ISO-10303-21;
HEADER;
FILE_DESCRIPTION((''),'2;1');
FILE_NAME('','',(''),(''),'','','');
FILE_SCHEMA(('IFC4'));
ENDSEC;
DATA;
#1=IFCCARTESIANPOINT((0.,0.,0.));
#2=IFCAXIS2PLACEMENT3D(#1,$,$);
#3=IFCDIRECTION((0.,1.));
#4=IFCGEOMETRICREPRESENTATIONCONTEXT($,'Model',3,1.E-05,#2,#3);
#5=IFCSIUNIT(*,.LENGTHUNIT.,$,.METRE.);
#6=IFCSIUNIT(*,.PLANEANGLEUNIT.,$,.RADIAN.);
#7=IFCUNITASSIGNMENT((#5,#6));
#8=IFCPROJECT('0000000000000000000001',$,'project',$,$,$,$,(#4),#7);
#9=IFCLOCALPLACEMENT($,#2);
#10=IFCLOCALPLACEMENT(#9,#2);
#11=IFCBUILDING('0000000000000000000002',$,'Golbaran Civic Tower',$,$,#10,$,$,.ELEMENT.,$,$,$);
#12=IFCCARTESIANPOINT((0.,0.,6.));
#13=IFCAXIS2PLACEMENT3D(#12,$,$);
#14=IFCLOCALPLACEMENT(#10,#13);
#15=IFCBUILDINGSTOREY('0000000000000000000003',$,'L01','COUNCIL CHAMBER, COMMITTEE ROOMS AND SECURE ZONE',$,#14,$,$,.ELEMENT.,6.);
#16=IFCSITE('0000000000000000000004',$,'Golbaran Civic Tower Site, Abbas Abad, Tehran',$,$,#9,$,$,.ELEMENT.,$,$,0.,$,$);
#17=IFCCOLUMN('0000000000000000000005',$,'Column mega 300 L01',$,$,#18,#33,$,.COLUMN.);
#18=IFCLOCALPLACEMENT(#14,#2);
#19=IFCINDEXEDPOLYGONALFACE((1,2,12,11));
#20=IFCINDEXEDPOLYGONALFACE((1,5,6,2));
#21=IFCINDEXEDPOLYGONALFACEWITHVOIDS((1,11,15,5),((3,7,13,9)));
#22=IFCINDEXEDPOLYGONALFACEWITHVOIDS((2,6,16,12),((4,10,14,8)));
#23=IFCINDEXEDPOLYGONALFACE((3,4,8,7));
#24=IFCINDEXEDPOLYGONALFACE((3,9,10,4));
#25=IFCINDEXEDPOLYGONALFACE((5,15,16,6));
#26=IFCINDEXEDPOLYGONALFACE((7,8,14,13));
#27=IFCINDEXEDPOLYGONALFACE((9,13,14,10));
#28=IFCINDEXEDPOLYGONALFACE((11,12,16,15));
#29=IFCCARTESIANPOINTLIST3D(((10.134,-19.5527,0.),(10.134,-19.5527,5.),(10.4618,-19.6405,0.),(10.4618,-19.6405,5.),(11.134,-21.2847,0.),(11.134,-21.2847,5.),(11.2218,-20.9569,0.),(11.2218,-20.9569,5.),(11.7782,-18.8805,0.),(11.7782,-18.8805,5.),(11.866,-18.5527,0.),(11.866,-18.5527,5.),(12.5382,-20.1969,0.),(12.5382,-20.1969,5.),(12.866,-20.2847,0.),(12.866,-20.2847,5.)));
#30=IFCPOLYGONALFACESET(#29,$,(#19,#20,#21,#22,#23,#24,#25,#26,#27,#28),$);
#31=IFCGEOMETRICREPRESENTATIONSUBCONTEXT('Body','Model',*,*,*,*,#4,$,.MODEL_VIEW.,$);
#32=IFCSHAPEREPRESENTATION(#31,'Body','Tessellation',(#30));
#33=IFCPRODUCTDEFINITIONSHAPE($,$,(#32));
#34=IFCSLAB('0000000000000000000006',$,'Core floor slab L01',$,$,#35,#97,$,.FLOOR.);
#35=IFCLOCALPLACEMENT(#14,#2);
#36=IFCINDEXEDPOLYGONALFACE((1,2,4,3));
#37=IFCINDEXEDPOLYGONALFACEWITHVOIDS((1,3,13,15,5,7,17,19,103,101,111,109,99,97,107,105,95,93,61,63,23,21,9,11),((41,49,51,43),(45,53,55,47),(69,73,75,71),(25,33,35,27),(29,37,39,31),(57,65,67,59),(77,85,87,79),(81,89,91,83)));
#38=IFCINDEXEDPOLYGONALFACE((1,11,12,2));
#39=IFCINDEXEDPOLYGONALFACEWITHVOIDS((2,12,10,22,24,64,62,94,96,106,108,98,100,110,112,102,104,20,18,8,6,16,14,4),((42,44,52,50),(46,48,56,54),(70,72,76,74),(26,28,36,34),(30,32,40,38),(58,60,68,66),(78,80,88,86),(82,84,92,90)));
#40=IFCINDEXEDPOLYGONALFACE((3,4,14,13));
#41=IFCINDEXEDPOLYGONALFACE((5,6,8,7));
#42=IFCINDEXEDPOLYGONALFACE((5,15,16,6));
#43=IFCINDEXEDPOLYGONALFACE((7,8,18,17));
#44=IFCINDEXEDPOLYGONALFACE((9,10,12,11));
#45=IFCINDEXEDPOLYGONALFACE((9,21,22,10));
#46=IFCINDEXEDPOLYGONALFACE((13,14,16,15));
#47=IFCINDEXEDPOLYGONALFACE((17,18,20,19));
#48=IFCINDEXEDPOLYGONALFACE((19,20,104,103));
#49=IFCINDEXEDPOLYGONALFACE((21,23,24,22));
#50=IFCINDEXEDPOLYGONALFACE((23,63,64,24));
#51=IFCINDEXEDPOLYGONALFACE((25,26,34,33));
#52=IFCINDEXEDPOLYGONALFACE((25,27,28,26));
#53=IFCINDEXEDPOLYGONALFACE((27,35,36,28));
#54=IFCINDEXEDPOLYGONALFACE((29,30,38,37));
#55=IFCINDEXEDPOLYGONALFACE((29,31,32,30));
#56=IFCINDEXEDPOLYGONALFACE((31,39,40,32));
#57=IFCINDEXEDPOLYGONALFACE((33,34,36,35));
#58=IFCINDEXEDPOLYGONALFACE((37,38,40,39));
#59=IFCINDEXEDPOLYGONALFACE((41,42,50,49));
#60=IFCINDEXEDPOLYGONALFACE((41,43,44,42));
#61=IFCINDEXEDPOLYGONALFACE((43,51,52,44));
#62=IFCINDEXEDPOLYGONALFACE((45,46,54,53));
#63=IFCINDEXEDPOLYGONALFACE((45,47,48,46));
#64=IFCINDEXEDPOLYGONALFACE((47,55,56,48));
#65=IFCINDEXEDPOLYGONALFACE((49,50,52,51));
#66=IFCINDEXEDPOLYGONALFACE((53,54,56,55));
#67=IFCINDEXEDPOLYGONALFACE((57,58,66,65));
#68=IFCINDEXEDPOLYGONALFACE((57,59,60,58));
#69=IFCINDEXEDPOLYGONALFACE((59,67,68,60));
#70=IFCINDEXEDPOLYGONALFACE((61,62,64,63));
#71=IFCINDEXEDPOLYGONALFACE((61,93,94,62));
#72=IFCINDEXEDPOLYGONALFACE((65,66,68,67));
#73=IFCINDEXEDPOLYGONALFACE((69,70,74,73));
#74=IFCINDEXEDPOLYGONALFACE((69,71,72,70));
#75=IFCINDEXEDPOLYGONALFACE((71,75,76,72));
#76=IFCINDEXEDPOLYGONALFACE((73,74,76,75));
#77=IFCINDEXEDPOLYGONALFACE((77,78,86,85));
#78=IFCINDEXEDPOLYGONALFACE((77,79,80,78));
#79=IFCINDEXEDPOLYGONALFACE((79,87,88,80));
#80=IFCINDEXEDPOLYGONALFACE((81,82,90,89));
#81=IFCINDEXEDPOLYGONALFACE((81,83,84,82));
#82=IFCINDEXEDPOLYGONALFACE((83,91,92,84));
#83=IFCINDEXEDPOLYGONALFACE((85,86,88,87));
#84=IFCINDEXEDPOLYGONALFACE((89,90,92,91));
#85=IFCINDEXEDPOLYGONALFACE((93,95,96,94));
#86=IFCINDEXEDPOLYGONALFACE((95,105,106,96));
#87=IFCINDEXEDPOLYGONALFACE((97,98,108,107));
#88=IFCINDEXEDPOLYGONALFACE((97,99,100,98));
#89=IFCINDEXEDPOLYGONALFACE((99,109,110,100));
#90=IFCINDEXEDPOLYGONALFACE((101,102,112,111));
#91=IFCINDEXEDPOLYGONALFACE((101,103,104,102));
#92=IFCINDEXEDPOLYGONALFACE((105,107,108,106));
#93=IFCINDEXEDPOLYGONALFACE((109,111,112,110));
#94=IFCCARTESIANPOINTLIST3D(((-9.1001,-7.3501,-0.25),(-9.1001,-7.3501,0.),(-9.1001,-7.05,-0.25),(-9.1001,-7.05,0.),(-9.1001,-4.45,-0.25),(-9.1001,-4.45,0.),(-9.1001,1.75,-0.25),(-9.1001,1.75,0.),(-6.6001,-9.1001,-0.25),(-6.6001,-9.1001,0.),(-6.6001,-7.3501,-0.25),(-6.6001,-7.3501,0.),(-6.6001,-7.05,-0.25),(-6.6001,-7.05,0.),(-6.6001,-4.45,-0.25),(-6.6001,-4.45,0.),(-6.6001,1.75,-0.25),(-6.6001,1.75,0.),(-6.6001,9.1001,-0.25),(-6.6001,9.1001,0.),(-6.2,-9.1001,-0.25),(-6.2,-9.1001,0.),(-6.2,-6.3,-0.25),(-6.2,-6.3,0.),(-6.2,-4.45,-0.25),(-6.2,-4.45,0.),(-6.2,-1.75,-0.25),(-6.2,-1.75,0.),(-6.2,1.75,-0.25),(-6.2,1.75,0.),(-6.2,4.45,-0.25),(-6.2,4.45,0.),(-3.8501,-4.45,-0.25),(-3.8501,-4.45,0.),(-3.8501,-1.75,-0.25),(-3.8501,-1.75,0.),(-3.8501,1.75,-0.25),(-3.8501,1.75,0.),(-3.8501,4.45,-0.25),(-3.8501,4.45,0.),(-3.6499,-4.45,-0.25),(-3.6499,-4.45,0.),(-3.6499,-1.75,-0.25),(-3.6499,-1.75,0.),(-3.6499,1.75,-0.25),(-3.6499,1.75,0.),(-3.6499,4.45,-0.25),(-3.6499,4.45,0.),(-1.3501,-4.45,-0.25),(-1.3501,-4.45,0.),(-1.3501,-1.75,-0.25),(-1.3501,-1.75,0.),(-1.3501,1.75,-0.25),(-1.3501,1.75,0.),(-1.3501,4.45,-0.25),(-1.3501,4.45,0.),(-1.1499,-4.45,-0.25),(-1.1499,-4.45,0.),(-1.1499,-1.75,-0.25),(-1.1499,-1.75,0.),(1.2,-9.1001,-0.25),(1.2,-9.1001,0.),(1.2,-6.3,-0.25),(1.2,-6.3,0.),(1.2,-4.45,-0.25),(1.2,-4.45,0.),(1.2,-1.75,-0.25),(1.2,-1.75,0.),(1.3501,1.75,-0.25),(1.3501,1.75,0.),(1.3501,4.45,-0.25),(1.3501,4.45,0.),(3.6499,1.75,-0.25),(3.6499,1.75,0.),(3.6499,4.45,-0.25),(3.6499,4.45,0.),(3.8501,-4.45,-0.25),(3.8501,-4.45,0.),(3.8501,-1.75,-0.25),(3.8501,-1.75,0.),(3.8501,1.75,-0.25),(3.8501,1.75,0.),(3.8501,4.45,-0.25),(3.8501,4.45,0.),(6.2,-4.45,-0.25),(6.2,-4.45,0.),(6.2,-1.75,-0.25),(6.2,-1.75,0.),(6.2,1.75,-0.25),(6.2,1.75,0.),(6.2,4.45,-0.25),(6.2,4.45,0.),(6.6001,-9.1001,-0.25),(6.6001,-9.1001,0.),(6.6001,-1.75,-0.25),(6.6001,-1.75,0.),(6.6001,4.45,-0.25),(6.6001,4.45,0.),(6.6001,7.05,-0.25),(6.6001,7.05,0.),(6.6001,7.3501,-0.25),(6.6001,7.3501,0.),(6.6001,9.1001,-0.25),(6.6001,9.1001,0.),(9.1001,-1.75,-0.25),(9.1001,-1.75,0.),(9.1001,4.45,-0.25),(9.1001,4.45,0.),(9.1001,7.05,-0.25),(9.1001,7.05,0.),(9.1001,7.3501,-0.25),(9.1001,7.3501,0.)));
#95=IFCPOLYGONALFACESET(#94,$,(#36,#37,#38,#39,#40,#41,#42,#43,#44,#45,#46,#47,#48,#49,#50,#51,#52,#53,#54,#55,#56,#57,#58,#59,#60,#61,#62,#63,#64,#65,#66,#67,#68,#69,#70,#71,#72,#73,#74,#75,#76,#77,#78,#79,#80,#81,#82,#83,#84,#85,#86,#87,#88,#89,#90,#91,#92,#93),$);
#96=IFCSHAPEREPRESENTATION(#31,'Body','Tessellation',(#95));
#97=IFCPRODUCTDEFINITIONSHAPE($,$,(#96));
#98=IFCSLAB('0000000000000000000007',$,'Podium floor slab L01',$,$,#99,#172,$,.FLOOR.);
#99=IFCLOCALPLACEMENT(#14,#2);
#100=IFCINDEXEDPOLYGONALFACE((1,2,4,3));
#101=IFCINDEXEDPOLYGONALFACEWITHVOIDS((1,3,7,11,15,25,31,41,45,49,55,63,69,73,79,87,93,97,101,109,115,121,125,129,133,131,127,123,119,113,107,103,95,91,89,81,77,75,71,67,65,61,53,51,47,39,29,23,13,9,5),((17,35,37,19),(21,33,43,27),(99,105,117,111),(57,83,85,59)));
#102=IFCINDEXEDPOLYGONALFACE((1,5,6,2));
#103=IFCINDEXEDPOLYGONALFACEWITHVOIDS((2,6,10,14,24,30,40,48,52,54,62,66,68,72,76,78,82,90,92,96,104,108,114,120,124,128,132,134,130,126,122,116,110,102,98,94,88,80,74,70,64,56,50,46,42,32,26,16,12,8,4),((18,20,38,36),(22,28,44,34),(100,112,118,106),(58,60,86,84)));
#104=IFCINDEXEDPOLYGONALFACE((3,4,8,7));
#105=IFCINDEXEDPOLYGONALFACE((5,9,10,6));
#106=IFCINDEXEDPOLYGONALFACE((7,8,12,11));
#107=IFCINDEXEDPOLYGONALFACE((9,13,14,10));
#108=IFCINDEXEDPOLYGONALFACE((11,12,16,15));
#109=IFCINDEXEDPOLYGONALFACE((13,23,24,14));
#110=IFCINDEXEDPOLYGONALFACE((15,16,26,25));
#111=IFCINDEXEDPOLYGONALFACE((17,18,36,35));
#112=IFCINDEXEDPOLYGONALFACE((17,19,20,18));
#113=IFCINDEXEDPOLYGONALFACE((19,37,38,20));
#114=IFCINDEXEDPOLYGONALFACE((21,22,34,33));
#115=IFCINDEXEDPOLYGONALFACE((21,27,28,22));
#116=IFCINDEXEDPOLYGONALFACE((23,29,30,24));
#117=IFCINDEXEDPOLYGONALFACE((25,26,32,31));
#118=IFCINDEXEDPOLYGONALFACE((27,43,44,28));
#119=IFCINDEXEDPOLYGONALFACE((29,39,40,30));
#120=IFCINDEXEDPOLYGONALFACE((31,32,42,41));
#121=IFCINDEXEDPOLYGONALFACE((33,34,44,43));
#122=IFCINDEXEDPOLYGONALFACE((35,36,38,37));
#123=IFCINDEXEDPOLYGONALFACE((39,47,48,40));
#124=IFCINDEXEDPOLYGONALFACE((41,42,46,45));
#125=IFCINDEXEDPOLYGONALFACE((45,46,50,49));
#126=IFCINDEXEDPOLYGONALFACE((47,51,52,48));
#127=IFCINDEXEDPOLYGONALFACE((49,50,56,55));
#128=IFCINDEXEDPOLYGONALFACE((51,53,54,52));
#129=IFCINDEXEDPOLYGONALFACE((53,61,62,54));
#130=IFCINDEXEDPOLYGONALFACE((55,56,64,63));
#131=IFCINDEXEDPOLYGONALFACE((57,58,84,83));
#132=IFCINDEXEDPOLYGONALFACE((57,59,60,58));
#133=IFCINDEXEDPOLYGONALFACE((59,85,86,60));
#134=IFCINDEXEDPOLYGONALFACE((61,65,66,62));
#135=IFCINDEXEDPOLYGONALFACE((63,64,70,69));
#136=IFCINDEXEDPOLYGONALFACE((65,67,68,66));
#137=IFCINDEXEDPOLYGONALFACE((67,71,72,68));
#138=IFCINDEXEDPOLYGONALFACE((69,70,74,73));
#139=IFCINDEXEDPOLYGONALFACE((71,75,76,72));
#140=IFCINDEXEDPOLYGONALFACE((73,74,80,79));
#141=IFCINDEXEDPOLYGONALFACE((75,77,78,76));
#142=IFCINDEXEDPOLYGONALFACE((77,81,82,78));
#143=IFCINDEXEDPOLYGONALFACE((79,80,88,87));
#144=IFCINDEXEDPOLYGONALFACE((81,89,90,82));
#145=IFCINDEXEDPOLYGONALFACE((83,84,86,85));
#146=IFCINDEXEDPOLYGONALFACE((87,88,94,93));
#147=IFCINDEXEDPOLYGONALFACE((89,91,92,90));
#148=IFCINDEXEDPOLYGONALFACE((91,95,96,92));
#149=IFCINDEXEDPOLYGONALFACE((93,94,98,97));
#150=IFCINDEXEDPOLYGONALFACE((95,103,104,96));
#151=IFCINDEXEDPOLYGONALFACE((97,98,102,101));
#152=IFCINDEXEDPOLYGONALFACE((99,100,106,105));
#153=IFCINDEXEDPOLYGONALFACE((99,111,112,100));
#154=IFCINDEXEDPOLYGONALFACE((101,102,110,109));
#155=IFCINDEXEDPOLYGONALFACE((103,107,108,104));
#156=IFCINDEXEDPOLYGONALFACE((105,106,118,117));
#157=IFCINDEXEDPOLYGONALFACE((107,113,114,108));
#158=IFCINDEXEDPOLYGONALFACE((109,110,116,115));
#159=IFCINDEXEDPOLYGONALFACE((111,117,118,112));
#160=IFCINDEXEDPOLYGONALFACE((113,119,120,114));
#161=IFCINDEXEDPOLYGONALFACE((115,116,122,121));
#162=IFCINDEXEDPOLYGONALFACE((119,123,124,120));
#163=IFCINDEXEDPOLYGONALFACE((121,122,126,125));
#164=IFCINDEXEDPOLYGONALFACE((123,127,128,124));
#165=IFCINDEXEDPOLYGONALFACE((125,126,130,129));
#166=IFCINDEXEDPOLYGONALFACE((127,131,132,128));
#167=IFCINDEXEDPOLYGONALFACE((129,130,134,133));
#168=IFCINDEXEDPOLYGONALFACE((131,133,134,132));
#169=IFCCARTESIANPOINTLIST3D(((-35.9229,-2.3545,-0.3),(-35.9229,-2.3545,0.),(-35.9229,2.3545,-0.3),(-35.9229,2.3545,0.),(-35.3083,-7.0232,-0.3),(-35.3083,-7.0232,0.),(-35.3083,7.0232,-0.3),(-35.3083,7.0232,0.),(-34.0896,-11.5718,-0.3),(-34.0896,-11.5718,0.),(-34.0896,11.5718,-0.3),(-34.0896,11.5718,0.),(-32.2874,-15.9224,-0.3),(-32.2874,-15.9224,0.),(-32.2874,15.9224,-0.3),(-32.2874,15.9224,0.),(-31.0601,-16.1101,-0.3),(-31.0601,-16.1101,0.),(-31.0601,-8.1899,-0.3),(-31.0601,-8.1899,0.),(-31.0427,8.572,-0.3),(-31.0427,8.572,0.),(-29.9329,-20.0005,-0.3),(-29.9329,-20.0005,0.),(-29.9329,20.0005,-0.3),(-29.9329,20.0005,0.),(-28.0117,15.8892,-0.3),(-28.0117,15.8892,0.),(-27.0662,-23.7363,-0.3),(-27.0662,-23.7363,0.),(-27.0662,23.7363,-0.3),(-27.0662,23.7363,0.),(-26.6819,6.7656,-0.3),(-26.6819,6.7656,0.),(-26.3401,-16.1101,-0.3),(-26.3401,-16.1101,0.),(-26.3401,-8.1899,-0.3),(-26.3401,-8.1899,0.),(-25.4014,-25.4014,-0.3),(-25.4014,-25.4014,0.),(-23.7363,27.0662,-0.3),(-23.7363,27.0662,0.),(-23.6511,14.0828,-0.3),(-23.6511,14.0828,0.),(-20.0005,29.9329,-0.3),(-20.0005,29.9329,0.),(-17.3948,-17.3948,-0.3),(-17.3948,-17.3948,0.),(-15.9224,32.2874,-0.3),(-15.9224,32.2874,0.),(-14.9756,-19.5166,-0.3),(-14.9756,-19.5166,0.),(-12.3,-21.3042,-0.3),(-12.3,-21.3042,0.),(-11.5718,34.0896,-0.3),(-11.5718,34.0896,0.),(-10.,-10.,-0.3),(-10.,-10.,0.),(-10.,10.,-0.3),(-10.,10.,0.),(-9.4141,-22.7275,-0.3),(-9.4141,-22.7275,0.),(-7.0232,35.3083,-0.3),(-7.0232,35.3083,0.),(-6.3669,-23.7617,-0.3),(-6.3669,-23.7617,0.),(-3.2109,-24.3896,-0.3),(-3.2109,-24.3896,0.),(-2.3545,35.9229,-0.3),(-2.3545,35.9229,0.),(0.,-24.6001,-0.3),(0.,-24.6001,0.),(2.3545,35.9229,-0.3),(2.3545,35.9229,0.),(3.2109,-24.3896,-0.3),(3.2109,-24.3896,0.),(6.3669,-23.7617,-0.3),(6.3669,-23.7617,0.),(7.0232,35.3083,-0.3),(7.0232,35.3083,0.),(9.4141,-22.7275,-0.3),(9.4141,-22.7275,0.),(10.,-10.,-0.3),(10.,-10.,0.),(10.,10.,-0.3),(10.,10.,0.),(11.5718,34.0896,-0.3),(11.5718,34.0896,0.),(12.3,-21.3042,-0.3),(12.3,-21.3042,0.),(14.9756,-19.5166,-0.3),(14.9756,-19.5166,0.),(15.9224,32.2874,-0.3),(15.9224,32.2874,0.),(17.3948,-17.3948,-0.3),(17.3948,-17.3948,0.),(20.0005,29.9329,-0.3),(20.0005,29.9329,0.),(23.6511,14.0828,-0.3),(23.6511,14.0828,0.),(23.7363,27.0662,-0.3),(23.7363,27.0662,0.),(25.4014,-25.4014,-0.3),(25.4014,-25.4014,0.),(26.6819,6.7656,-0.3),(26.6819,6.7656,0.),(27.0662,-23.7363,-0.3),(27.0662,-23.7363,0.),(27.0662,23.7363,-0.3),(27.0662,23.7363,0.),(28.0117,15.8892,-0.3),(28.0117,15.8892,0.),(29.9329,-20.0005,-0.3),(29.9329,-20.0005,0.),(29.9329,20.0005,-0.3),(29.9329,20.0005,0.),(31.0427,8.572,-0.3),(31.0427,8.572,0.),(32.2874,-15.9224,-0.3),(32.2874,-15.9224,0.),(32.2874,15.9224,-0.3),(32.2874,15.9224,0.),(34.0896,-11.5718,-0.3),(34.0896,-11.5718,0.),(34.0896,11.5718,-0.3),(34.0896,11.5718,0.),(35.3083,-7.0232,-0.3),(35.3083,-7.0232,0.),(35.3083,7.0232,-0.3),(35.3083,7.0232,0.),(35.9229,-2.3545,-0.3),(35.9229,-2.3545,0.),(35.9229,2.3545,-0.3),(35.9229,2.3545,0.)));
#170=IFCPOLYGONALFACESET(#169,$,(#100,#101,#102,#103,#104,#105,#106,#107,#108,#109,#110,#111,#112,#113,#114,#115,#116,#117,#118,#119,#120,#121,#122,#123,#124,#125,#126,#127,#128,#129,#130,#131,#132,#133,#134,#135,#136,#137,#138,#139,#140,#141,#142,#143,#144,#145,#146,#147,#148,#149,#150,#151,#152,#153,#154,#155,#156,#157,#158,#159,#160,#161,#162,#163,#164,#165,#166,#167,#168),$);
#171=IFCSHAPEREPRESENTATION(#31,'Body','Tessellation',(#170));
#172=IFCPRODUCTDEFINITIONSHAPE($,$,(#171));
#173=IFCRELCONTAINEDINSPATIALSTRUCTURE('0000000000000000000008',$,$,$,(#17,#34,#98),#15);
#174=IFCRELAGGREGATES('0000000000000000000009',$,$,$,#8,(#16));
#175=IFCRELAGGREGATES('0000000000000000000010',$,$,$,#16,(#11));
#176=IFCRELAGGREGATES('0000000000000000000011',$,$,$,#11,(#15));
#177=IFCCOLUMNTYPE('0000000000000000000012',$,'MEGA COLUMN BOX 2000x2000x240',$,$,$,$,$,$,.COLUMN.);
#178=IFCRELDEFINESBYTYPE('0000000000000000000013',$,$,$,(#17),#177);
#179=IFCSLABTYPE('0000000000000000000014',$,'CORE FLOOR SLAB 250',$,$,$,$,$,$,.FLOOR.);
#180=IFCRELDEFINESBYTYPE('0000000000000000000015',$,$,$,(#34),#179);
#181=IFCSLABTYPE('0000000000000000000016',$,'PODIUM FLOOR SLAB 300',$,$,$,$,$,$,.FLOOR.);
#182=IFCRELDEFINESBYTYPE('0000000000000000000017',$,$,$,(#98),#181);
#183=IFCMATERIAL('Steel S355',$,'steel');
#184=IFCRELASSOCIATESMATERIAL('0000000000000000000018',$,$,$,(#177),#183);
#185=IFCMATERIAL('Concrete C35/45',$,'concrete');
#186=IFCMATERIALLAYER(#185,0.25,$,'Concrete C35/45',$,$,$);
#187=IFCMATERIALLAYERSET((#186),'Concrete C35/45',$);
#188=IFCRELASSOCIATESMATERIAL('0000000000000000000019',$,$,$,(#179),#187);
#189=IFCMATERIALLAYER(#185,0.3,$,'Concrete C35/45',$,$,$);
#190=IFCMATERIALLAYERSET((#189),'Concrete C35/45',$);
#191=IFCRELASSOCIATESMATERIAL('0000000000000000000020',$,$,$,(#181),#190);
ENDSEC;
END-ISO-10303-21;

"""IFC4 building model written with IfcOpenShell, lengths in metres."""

from ifc_helpers import new_model, si_unit, direction, frame, origin, origin_2d, place, context, subcontext, project, spatial, polyline, hollow_rectangle, outline, extrude, material, layer, layer_set, material_profile, profile_set, type_object, element, save


model = new_model("IFC4")

# Units and contexts
model_context = context("Model", 3, precision=1e-05, world=origin(), true_north=direction((0.0, 1.0)))
body_context = subcontext(model_context, "Body", "Model", "MODEL_VIEW")
ifc_project = project(units=[si_unit("LENGTHUNIT", "METRE"), si_unit("PLANEANGLEUNIT", "RADIAN")], contexts=[model_context])

# Site, building, storey
site_placement = place(None, origin())
site = spatial("IfcSite", under=ifc_project, at=site_placement, Name="Golbaran Civic Tower Site, Abbas Abad, Tehran", CompositionType="ELEMENT", RefElevation=0.0)
building_placement = place(site_placement, origin())
building = spatial("IfcBuilding", under=site, at=building_placement, Name="Golbaran Civic Tower", CompositionType="ELEMENT")
storey_placement = place(building_placement, frame((0.0, 0.0, 6.0)))
storey = spatial("IfcBuildingStorey", under=building, at=storey_placement, Name="L01", Description="COUNCIL CHAMBER, COMMITTEE ROOMS AND SECURE ZONE", CompositionType="ELEMENT", Elevation=6.0)

# Column
ifc_material_1 = material(Name="Steel S355", Category="steel")
ifc_material_profile = material_profile(ifc_material_1, hollow_rectangle(XDim=2.0, YDim=2.0, WallThickness=0.24, at=origin_2d()), Name="BOX 2000x2000x240")
ifc_profile_set = profile_set([ifc_material_profile], Name="Steel S355")
column_type = type_object("IfcColumnType", Name="MEGA COLUMN BOX 2000x2000x240", PredefinedType="COLUMN", material=ifc_profile_set)
column_placement = place(storey_placement, frame((11.5, -19.9187, 0.0), z_axis=(0.0, 0.0, 1.0), x_axis=(0.5, -0.866025, 0.0)))
element("IfcColumn", 1, at=column_placement, inside=storey, type_object=column_type, Name="Column mega 300 L01", PredefinedType="COLUMN", context=body_context, shape_type="SweptSolid", body=[
    extrude(hollow_rectangle(XDim=2.0, YDim=2.0, WallThickness=0.24, at=origin_2d()), origin(), (0.0, 0.0, 1.0), 5.0),
])

# Slabs
ifc_material_2 = material(Name="Concrete C35/45", Category="concrete")
ifc_layer_1 = layer(ifc_material_2, 0.25, Name="Concrete C35/45")
ifc_layer_set_1 = layer_set([ifc_layer_1], Name="Concrete C35/45")
slab_type_1 = type_object("IfcSlabType", Name="CORE FLOOR SLAB 250", PredefinedType="FLOOR", material=ifc_layer_set_1)
slab_1_placement = place(storey_placement, frame((0.0, 0.0, -0.25)))
element("IfcSlab", 2, at=slab_1_placement, inside=storey, type_object=slab_type_1, Name="Core floor slab L01", PredefinedType="FLOOR", context=body_context, shape_type="SweptSolid", body=[
    extrude(outline(polyline([(6.6001, -1.75), (6.6001, -9.1001), (1.2, -9.1001), (1.2, -6.3), (-6.2, -6.3), (-6.2, -9.1001), (-6.6001, -9.1001), (-6.6001, -7.3501), (-9.1001, -7.3501), (-9.1001, -7.05), (-6.6001, -7.05), (-6.6001, -4.45), (-9.1001, -4.45), (-9.1001, 1.75), (-6.6001, 1.75), (-6.6001, 9.1001), (6.6001, 9.1001), (6.6001, 7.3501), (9.1001, 7.3501), (9.1001, 7.05), (6.6001, 7.05), (6.6001, 4.45), (9.1001, 4.45), (9.1001, -1.75), (6.6001, -1.75)]), holes=[polyline([(6.2, -1.75), (3.8501, -1.75), (3.8501, -4.45), (6.2, -4.45), (6.2, -1.75)]), polyline([(6.2, 4.45), (3.8501, 4.45), (3.8501, 1.75), (6.2, 1.75), (6.2, 4.45)]), polyline([(3.6499, 4.45), (1.3501, 4.45), (1.3501, 1.75), (3.6499, 1.75), (3.6499, 4.45)]), polyline([(1.2, -1.75), (-1.1499, -1.75), (-1.1499, -4.45), (1.2, -4.45), (1.2, -1.75)]), polyline([(-1.3501, 4.45), (-3.6499, 4.45), (-3.6499, 1.75), (-1.3501, 1.75), (-1.3501, 4.45)]), polyline([(-1.3501, -1.75), (-3.6499, -1.75), (-3.6499, -4.45), (-1.3501, -4.45), (-1.3501, -1.75)]), polyline([(-3.8501, -1.75), (-6.2, -1.75), (-6.2, -4.45), (-3.8501, -4.45), (-3.8501, -1.75)]), polyline([(-3.8501, 4.45), (-6.2, 4.45), (-6.2, 1.75), (-3.8501, 1.75), (-3.8501, 4.45)])]), origin(), (0.0, 0.0, 1.0), 0.25),
])
ifc_layer_2 = layer(ifc_material_2, 0.3, Name="Concrete C35/45")
ifc_layer_set_2 = layer_set([ifc_layer_2], Name="Concrete C35/45")
slab_type_2 = type_object("IfcSlabType", Name="PODIUM FLOOR SLAB 300", PredefinedType="FLOOR", material=ifc_layer_set_2)
slab_2_placement = place(storey_placement, frame((0.0, 0.0, -0.3)))
element("IfcSlab", 3, at=slab_2_placement, inside=storey, type_object=slab_type_2, Name="Podium floor slab L01", PredefinedType="FLOOR", context=body_context, shape_type="SweptSolid", body=[
    extrude(outline(polyline([(32.2874, -15.9224), (29.9329, -20.0005), (27.0662, -23.7363), (25.4014, -25.4014), (17.3948, -17.3948), (14.9756, -19.5166), (12.3, -21.3042), (9.4141, -22.7275), (6.3669, -23.7617), (3.2109, -24.3896), (0.0, -24.6001), (-3.2109, -24.3896), (-6.3669, -23.7617), (-9.4141, -22.7275), (-12.3, -21.3042), (-14.9756, -19.5166), (-17.3948, -17.3948), (-25.4014, -25.4014), (-27.0662, -23.7363), (-29.9329, -20.0005), (-32.2874, -15.9224), (-34.0896, -11.5718), (-35.3083, -7.0232), (-35.9229, -2.3545), (-35.9229, 2.3545), (-35.3083, 7.0232), (-34.0896, 11.5718), (-32.2874, 15.9224), (-29.9329, 20.0005), (-27.0662, 23.7363), (-23.7363, 27.0662), (-20.0005, 29.9329), (-15.9224, 32.2874), (-11.5718, 34.0896), (-7.0232, 35.3083), (-2.3545, 35.9229), (2.3545, 35.9229), (7.0232, 35.3083), (11.5718, 34.0896), (15.9224, 32.2874), (20.0005, 29.9329), (23.7363, 27.0662), (27.0662, 23.7363), (29.9329, 20.0005), (32.2874, 15.9224), (34.0896, 11.5718), (35.3083, 7.0232), (35.9229, 2.3545), (35.9229, -2.3545), (35.3083, -7.0232), (34.0896, -11.5718), (32.2874, -15.9224)]), holes=[polyline([(31.0427, 8.572), (28.0117, 15.8892), (23.6511, 14.0828), (26.6819, 6.7656), (31.0427, 8.572)]), polyline([(10.0, -10.0), (10.0, 10.0), (-10.0, 10.0), (-10.0, -10.0), (10.0, -10.0)]), polyline([(-28.0117, 15.8892), (-31.0427, 8.572), (-26.6819, 6.7656), (-23.6511, 14.0828), (-28.0117, 15.8892)]), polyline([(-31.0601, -16.1101), (-26.3401, -16.1101), (-26.3401, -8.1899), (-31.0601, -8.1899), (-31.0601, -16.1101)])]), origin(), (0.0, 0.0, 1.0), 0.3),
])

save(model, "model.ifc")
